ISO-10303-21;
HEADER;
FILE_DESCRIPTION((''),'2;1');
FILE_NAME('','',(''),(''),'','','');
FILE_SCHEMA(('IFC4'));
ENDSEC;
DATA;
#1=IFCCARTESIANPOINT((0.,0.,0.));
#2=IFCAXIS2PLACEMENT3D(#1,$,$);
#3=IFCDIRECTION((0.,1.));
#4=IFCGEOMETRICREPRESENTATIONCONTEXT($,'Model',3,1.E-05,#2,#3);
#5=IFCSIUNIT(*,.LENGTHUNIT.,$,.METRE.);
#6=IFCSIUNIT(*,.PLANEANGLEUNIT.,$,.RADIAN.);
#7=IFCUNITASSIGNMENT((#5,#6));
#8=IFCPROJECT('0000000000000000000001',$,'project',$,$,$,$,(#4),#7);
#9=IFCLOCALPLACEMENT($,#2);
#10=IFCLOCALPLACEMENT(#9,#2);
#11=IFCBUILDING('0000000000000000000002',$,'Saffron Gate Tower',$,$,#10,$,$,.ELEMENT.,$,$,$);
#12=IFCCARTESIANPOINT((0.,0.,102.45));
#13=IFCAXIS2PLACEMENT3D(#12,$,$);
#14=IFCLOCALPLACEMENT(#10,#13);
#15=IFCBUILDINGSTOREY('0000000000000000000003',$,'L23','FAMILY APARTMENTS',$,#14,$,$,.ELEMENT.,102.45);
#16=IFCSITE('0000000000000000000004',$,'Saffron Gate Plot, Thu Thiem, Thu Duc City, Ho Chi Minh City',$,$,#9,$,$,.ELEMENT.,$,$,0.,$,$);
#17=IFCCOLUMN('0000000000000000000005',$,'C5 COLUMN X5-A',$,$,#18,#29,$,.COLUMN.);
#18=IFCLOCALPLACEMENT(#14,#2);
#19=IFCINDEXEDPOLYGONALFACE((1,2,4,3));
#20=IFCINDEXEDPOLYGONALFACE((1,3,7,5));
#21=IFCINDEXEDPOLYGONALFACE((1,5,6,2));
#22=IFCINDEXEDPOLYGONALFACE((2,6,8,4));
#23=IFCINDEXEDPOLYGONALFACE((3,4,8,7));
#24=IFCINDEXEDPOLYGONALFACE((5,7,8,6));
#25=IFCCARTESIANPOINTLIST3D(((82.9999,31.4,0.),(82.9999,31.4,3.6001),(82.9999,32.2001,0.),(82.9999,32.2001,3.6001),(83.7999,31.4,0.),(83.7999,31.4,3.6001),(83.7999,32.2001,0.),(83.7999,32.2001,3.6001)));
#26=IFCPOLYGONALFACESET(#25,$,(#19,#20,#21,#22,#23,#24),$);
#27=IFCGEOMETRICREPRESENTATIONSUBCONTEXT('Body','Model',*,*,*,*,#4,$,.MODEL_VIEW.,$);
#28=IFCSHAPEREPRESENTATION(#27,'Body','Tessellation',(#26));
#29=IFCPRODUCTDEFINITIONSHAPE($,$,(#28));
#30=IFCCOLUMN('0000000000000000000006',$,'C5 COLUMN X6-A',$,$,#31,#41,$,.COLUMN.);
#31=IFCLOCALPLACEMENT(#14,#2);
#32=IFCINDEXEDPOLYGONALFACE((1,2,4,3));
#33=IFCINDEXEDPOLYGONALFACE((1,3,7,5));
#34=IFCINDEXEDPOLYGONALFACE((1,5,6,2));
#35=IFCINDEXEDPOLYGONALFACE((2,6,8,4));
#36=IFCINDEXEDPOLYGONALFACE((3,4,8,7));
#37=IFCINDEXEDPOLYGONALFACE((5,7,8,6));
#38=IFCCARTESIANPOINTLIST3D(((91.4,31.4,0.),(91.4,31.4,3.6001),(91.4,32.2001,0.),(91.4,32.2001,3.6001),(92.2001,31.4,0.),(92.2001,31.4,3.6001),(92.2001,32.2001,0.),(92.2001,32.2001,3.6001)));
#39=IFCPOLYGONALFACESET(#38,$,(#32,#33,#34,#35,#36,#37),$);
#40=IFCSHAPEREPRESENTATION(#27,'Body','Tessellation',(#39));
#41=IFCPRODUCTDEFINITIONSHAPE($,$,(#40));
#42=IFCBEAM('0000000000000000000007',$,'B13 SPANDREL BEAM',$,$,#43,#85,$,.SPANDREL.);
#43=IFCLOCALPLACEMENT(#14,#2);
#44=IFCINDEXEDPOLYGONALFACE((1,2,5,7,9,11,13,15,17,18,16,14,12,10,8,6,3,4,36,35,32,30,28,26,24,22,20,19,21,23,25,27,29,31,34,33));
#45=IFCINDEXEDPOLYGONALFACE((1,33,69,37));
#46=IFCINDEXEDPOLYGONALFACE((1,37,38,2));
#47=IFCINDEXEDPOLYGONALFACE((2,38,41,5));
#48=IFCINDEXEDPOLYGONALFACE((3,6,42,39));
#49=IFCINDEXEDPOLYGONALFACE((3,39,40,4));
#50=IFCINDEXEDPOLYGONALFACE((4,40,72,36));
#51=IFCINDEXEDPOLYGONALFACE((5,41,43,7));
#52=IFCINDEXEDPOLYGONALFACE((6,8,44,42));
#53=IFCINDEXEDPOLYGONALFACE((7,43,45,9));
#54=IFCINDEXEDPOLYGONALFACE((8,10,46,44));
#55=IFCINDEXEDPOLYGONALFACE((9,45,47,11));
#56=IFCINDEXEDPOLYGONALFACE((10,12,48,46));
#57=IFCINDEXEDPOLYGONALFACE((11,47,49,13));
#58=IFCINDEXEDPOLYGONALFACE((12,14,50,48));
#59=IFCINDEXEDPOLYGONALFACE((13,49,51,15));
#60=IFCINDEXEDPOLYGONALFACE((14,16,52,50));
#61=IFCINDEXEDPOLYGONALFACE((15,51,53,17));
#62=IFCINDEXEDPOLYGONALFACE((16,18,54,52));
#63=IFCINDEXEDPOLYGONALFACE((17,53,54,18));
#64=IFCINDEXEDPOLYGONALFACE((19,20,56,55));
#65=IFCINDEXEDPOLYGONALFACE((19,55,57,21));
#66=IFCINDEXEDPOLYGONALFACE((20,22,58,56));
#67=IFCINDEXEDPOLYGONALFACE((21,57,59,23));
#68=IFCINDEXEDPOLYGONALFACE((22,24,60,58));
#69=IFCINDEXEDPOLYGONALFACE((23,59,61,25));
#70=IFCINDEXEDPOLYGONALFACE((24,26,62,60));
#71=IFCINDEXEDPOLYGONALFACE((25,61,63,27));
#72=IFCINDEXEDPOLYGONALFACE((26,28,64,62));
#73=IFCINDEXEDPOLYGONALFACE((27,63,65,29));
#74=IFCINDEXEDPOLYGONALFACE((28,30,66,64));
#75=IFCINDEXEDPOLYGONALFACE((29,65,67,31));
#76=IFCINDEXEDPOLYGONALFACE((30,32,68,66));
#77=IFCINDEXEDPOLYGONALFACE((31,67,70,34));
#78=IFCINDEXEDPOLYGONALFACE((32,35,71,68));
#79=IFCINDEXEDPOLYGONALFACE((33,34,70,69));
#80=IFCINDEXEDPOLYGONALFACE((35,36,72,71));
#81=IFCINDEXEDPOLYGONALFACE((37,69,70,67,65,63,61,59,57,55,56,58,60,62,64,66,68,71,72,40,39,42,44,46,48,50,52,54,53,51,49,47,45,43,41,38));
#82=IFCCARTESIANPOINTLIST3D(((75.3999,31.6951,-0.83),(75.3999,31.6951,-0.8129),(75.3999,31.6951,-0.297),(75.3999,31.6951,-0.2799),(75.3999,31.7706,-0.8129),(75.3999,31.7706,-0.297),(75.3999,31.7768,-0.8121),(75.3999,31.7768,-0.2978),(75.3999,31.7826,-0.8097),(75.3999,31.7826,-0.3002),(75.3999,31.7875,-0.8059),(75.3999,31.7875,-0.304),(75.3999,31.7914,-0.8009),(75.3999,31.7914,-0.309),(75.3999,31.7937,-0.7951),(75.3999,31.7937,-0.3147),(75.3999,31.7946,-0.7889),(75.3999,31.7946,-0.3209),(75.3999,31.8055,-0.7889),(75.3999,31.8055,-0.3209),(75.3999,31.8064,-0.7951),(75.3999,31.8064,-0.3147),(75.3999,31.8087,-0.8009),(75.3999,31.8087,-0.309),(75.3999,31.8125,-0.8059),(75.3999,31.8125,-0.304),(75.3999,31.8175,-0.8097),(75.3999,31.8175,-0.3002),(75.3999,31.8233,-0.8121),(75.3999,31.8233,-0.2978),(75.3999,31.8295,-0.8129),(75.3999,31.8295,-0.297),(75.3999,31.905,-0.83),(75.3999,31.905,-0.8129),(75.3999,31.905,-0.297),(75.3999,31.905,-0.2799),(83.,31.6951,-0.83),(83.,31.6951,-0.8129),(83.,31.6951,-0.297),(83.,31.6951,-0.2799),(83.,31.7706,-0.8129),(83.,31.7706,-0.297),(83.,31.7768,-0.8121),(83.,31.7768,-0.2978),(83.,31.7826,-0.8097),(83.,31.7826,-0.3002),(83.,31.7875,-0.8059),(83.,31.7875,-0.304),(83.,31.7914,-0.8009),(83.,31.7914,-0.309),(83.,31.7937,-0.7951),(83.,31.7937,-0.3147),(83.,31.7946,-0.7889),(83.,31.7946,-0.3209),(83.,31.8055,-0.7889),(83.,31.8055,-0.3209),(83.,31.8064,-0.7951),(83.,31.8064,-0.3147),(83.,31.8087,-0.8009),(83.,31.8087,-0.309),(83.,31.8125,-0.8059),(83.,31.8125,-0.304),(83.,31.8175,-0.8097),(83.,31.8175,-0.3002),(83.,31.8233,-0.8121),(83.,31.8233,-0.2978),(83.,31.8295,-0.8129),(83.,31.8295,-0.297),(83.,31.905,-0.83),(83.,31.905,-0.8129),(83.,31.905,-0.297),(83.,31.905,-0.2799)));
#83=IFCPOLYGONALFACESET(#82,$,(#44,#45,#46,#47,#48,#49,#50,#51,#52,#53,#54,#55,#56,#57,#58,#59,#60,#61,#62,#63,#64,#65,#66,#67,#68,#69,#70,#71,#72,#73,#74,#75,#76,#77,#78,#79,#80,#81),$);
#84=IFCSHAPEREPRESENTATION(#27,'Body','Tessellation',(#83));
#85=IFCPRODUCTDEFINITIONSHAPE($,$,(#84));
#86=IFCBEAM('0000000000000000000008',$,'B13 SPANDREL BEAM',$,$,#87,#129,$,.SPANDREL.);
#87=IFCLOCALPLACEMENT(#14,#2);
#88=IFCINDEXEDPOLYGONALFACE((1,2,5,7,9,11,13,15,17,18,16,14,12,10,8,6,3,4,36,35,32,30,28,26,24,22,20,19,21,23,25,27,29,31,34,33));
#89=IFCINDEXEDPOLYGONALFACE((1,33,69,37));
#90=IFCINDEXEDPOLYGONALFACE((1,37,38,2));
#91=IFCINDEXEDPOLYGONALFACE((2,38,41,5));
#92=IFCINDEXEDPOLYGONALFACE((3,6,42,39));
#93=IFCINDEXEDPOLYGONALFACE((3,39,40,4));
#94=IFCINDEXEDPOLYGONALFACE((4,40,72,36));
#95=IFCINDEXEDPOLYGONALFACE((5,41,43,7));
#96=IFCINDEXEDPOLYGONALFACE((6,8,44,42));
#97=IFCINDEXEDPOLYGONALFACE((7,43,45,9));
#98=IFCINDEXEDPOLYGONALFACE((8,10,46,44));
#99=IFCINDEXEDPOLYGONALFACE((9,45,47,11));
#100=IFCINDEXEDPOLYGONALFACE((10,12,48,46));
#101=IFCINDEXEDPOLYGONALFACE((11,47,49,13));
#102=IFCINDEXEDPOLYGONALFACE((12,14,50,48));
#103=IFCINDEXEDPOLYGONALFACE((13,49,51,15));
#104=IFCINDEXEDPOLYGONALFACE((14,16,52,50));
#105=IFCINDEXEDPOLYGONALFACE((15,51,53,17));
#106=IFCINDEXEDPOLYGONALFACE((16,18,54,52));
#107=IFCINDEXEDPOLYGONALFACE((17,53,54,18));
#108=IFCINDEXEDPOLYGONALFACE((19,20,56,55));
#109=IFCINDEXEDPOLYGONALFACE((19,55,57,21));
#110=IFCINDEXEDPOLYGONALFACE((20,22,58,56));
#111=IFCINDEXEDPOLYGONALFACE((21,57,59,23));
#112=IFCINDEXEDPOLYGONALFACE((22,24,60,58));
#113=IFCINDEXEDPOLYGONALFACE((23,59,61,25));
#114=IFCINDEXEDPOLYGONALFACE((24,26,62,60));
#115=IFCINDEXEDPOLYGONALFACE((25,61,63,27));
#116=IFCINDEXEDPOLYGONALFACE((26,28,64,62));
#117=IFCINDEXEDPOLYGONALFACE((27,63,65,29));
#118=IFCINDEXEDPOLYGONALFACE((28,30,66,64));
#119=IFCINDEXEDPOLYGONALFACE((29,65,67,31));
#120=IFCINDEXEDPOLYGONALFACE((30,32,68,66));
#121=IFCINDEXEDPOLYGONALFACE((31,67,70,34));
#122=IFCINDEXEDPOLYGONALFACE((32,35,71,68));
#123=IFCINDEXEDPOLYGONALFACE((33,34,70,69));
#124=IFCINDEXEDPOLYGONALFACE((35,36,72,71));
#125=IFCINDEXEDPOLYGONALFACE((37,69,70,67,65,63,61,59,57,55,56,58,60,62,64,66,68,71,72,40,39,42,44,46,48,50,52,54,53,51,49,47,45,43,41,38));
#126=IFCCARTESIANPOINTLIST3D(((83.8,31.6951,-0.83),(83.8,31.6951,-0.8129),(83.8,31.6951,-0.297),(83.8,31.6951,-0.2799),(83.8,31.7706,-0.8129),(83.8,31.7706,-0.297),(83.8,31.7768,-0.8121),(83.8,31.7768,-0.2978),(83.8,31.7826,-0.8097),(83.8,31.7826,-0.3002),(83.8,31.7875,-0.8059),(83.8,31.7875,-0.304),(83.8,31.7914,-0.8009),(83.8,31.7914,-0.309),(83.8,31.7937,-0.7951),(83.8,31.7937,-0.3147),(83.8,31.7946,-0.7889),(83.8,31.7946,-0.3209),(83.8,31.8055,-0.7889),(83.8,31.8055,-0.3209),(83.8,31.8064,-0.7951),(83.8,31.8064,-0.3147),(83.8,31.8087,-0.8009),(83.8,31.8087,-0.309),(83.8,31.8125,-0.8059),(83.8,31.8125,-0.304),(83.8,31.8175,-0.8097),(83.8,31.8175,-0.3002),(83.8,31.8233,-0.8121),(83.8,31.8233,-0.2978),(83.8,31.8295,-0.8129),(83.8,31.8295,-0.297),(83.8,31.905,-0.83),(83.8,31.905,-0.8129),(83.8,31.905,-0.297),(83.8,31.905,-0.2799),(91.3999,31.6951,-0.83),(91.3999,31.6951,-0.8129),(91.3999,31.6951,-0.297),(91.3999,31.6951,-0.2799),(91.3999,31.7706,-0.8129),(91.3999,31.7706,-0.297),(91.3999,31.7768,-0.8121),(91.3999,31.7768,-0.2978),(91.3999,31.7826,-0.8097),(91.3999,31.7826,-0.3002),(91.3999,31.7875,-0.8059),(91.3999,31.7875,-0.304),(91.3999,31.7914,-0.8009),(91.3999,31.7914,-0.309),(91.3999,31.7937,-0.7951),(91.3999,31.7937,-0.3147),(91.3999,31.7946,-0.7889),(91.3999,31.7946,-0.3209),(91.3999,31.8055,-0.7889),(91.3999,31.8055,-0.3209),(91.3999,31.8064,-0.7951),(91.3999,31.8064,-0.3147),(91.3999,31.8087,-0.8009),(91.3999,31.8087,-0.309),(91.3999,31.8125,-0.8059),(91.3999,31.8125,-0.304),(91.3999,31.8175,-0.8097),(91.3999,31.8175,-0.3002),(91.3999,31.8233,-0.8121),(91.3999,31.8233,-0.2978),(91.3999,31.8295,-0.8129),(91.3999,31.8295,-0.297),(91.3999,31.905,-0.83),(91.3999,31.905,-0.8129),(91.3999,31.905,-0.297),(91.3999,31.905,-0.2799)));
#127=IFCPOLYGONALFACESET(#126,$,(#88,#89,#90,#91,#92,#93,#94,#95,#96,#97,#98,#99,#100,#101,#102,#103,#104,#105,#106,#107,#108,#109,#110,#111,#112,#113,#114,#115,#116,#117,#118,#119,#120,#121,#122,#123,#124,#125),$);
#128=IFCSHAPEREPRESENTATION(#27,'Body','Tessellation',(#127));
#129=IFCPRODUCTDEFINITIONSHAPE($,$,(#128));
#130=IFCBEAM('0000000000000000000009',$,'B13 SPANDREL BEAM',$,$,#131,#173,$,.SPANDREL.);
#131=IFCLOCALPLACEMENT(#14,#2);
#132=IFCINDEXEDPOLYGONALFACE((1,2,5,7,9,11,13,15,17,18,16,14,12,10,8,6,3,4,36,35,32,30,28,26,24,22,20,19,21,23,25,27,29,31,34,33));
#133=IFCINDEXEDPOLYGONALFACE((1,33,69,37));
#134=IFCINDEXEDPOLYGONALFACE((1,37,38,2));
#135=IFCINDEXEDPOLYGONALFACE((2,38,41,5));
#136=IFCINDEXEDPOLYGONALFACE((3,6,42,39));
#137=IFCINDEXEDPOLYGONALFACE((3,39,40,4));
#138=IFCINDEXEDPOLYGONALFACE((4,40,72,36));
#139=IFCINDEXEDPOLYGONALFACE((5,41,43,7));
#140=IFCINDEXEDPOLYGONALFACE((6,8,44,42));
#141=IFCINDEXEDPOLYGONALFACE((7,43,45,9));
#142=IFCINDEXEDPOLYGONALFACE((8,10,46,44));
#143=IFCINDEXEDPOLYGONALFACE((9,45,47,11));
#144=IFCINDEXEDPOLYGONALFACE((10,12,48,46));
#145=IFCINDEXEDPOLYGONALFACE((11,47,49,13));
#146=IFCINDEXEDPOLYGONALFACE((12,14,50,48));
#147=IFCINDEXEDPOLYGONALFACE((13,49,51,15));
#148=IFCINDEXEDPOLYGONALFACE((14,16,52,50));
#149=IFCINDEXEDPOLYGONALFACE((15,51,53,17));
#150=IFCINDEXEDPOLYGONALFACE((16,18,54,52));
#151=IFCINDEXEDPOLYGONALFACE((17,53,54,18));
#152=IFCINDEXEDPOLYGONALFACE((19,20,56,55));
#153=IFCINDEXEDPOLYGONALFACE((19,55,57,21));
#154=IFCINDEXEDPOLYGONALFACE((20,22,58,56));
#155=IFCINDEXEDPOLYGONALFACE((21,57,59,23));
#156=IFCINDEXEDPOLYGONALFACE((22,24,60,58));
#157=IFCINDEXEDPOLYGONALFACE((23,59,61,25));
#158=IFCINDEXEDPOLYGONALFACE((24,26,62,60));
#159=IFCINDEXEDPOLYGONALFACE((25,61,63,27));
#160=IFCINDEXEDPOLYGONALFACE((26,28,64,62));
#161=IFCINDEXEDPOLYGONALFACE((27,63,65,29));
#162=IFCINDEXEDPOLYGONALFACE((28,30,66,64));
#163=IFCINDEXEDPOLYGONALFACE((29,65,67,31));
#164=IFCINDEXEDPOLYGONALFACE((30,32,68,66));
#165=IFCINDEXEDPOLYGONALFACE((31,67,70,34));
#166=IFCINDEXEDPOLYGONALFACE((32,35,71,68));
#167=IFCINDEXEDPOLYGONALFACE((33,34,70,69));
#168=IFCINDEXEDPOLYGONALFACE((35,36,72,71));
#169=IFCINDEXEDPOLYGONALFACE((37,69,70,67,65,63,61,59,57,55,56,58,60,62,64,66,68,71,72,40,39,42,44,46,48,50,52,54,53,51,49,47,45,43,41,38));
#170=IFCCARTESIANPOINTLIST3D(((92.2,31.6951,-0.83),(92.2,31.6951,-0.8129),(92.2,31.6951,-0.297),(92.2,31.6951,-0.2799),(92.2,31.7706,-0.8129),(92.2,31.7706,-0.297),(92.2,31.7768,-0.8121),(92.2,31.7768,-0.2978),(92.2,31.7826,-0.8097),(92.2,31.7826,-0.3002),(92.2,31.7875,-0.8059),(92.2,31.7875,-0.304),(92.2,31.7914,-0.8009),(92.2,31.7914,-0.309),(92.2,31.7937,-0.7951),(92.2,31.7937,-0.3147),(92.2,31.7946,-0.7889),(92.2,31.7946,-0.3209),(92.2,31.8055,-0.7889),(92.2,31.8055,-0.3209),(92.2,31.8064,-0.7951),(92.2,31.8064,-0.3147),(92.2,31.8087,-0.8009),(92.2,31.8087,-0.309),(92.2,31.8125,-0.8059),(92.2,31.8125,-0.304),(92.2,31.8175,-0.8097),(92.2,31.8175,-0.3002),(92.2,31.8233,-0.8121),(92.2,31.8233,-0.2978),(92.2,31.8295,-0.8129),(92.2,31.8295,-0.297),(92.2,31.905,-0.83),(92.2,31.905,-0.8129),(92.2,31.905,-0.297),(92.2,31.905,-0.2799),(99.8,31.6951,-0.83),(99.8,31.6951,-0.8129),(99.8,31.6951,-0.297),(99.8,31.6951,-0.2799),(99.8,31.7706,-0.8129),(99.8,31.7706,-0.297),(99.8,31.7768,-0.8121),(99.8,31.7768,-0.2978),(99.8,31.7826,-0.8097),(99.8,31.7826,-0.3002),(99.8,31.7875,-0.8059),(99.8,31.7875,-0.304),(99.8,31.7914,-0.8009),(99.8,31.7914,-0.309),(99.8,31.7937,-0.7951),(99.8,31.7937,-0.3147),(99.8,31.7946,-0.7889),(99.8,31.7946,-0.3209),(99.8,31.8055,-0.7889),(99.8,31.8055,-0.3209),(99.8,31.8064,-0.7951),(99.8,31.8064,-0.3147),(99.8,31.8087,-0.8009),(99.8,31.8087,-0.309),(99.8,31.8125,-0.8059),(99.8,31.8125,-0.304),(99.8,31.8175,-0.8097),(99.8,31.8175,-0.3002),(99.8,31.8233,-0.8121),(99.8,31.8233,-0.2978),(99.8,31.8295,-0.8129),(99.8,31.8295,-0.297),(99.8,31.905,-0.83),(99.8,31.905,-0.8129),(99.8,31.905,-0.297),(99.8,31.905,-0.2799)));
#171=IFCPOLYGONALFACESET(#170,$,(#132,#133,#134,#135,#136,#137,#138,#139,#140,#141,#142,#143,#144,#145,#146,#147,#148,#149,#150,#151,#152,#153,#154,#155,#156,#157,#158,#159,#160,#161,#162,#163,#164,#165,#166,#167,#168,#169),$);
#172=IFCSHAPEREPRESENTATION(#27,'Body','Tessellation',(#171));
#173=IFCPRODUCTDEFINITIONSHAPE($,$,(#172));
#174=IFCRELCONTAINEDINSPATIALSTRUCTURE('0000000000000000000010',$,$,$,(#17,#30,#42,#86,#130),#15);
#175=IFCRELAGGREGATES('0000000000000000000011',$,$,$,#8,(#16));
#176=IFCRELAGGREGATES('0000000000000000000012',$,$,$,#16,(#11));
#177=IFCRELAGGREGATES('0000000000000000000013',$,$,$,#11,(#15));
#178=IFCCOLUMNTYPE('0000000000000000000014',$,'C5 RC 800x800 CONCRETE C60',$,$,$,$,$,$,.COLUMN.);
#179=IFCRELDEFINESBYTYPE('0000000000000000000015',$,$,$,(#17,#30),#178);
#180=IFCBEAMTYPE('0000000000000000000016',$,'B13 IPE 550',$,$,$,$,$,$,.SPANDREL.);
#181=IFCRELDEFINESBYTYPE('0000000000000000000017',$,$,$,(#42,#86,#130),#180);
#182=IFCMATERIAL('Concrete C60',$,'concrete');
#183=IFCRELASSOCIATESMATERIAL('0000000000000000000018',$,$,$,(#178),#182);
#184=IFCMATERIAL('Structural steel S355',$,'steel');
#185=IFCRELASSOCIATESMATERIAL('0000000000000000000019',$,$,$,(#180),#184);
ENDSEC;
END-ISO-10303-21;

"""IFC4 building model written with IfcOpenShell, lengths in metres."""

from ifc_helpers import new_model, si_unit, direction, frame, origin, origin_2d, place, context, subcontext, project, spatial, rectangle, i_section, extrude, material, material_profile, profile_set, type_object, element, save


model = new_model("IFC4")

# Units and contexts
model_context = context("Model", 3, precision=1e-05, world=origin(), true_north=direction((0.0, 1.0)))
body_context = subcontext(model_context, "Body", "Model", "MODEL_VIEW")
ifc_project = project(units=[si_unit("LENGTHUNIT", "METRE"), si_unit("PLANEANGLEUNIT", "RADIAN")], contexts=[model_context])

# Site, building, storey
site_placement = place(None, origin())
site = spatial("IfcSite", under=ifc_project, at=site_placement, Name="Saffron Gate Plot, Thu Thiem, Thu Duc City, Ho Chi Minh City", CompositionType="ELEMENT", RefElevation=0.0)
building_placement = place(site_placement, origin())
building = spatial("IfcBuilding", under=site, at=building_placement, Name="Saffron Gate Tower", CompositionType="ELEMENT")
storey_placement = place(building_placement, frame((0.0, 0.0, 102.45)))
storey = spatial("IfcBuildingStorey", under=building, at=storey_placement, Name="L23", Description="FAMILY APARTMENTS", CompositionType="ELEMENT", Elevation=102.45)

# Columns
ifc_material_1 = material(Name="Concrete C60", Category="concrete")
ifc_material_profile_1 = material_profile(ifc_material_1, rectangle(XDim=0.8, YDim=0.8, at=origin_2d()))
ifc_profile_set_1 = profile_set([ifc_material_profile_1], Name="Concrete C60")
column_type = type_object("IfcColumnType", Name="C5 RC 800x800 CONCRETE C60", PredefinedType="COLUMN", material=ifc_profile_set_1)
for number, where, z_axis, x_axis, name in (
    (1, (83.3999, 31.8, 0.0), (0.0, 0.0, 1.0), (1.0, 0.0, 0.0), "C5 COLUMN X5-A"),
    (2, (91.8, 31.8, 0.0), (0.0, 0.0, 1.0), (1.0, 0.0, 0.0), "C5 COLUMN X6-A"),
):
    element("IfcColumn", number, at=place(storey_placement, frame(where, z_axis=z_axis, x_axis=x_axis)), inside=storey, type_object=column_type, Name=name, PredefinedType="COLUMN", context=body_context, shape_type="SweptSolid", body=[
        extrude(rectangle(XDim=0.8, YDim=0.8, at=origin_2d()), origin(), (0.0, 0.0, 1.0), 3.6001),
    ])

# Beams
ifc_material_2 = material(Name="Structural steel S355", Category="steel")
ifc_material_profile_2 = material_profile(ifc_material_2, i_section(OverallWidth=0.21, OverallDepth=0.55, WebThickness=0.011, FlangeThickness=0.0171, FilletRadius=0.0239, at=origin_2d()))
ifc_profile_set_2 = profile_set([ifc_material_profile_2], Name="Structural steel S355")
beam_type = type_object("IfcBeamType", Name="B13 IPE 550", PredefinedType="SPANDREL", material=ifc_profile_set_2)
beam_1_placement = place(storey_placement, frame((75.3999, 31.8, -0.5549), z_axis=(1.0, 0.0, 0.0), x_axis=(0.0, 1.0, 0.0)))
element("IfcBeam", 3, at=beam_1_placement, inside=storey, type_object=beam_type, Name="B13 SPANDREL BEAM", PredefinedType="SPANDREL", context=body_context, shape_type="SweptSolid", body=[
    extrude(i_section(OverallWidth=0.21, OverallDepth=0.55, WebThickness=0.011, FlangeThickness=0.0171, FilletRadius=0.0239, at=origin_2d()), origin(), (0.0, 0.0, 1.0), 7.6001),
])
beam_2_placement = place(storey_placement, frame((83.8, 31.8, -0.5549), z_axis=(1.0, 0.0, 0.0), x_axis=(0.0, 1.0, 0.0)))
element("IfcBeam", 4, at=beam_2_placement, inside=storey, type_object=beam_type, Name="B13 SPANDREL BEAM", PredefinedType="SPANDREL", context=body_context, shape_type="SweptSolid", body=[
    extrude(i_section(OverallWidth=0.21, OverallDepth=0.55, WebThickness=0.011, FlangeThickness=0.0171, FilletRadius=0.0239, at=origin_2d()), origin(), (0.0, 0.0, 1.0), 7.5999),
])
beam_3_placement = place(storey_placement, frame((92.2, 31.8, -0.5549), z_axis=(1.0, 0.0, 0.0), x_axis=(0.0, 1.0, 0.0)))
element("IfcBeam", 5, at=beam_3_placement, inside=storey, type_object=beam_type, Name="B13 SPANDREL BEAM", PredefinedType="SPANDREL", context=body_context, shape_type="SweptSolid", body=[
    extrude(i_section(OverallWidth=0.21, OverallDepth=0.55, WebThickness=0.011, FlangeThickness=0.0171, FilletRadius=0.0239, at=origin_2d()), origin(), (0.0, 0.0, 1.0), 7.6001),
])

save(model, "model.ifc")
